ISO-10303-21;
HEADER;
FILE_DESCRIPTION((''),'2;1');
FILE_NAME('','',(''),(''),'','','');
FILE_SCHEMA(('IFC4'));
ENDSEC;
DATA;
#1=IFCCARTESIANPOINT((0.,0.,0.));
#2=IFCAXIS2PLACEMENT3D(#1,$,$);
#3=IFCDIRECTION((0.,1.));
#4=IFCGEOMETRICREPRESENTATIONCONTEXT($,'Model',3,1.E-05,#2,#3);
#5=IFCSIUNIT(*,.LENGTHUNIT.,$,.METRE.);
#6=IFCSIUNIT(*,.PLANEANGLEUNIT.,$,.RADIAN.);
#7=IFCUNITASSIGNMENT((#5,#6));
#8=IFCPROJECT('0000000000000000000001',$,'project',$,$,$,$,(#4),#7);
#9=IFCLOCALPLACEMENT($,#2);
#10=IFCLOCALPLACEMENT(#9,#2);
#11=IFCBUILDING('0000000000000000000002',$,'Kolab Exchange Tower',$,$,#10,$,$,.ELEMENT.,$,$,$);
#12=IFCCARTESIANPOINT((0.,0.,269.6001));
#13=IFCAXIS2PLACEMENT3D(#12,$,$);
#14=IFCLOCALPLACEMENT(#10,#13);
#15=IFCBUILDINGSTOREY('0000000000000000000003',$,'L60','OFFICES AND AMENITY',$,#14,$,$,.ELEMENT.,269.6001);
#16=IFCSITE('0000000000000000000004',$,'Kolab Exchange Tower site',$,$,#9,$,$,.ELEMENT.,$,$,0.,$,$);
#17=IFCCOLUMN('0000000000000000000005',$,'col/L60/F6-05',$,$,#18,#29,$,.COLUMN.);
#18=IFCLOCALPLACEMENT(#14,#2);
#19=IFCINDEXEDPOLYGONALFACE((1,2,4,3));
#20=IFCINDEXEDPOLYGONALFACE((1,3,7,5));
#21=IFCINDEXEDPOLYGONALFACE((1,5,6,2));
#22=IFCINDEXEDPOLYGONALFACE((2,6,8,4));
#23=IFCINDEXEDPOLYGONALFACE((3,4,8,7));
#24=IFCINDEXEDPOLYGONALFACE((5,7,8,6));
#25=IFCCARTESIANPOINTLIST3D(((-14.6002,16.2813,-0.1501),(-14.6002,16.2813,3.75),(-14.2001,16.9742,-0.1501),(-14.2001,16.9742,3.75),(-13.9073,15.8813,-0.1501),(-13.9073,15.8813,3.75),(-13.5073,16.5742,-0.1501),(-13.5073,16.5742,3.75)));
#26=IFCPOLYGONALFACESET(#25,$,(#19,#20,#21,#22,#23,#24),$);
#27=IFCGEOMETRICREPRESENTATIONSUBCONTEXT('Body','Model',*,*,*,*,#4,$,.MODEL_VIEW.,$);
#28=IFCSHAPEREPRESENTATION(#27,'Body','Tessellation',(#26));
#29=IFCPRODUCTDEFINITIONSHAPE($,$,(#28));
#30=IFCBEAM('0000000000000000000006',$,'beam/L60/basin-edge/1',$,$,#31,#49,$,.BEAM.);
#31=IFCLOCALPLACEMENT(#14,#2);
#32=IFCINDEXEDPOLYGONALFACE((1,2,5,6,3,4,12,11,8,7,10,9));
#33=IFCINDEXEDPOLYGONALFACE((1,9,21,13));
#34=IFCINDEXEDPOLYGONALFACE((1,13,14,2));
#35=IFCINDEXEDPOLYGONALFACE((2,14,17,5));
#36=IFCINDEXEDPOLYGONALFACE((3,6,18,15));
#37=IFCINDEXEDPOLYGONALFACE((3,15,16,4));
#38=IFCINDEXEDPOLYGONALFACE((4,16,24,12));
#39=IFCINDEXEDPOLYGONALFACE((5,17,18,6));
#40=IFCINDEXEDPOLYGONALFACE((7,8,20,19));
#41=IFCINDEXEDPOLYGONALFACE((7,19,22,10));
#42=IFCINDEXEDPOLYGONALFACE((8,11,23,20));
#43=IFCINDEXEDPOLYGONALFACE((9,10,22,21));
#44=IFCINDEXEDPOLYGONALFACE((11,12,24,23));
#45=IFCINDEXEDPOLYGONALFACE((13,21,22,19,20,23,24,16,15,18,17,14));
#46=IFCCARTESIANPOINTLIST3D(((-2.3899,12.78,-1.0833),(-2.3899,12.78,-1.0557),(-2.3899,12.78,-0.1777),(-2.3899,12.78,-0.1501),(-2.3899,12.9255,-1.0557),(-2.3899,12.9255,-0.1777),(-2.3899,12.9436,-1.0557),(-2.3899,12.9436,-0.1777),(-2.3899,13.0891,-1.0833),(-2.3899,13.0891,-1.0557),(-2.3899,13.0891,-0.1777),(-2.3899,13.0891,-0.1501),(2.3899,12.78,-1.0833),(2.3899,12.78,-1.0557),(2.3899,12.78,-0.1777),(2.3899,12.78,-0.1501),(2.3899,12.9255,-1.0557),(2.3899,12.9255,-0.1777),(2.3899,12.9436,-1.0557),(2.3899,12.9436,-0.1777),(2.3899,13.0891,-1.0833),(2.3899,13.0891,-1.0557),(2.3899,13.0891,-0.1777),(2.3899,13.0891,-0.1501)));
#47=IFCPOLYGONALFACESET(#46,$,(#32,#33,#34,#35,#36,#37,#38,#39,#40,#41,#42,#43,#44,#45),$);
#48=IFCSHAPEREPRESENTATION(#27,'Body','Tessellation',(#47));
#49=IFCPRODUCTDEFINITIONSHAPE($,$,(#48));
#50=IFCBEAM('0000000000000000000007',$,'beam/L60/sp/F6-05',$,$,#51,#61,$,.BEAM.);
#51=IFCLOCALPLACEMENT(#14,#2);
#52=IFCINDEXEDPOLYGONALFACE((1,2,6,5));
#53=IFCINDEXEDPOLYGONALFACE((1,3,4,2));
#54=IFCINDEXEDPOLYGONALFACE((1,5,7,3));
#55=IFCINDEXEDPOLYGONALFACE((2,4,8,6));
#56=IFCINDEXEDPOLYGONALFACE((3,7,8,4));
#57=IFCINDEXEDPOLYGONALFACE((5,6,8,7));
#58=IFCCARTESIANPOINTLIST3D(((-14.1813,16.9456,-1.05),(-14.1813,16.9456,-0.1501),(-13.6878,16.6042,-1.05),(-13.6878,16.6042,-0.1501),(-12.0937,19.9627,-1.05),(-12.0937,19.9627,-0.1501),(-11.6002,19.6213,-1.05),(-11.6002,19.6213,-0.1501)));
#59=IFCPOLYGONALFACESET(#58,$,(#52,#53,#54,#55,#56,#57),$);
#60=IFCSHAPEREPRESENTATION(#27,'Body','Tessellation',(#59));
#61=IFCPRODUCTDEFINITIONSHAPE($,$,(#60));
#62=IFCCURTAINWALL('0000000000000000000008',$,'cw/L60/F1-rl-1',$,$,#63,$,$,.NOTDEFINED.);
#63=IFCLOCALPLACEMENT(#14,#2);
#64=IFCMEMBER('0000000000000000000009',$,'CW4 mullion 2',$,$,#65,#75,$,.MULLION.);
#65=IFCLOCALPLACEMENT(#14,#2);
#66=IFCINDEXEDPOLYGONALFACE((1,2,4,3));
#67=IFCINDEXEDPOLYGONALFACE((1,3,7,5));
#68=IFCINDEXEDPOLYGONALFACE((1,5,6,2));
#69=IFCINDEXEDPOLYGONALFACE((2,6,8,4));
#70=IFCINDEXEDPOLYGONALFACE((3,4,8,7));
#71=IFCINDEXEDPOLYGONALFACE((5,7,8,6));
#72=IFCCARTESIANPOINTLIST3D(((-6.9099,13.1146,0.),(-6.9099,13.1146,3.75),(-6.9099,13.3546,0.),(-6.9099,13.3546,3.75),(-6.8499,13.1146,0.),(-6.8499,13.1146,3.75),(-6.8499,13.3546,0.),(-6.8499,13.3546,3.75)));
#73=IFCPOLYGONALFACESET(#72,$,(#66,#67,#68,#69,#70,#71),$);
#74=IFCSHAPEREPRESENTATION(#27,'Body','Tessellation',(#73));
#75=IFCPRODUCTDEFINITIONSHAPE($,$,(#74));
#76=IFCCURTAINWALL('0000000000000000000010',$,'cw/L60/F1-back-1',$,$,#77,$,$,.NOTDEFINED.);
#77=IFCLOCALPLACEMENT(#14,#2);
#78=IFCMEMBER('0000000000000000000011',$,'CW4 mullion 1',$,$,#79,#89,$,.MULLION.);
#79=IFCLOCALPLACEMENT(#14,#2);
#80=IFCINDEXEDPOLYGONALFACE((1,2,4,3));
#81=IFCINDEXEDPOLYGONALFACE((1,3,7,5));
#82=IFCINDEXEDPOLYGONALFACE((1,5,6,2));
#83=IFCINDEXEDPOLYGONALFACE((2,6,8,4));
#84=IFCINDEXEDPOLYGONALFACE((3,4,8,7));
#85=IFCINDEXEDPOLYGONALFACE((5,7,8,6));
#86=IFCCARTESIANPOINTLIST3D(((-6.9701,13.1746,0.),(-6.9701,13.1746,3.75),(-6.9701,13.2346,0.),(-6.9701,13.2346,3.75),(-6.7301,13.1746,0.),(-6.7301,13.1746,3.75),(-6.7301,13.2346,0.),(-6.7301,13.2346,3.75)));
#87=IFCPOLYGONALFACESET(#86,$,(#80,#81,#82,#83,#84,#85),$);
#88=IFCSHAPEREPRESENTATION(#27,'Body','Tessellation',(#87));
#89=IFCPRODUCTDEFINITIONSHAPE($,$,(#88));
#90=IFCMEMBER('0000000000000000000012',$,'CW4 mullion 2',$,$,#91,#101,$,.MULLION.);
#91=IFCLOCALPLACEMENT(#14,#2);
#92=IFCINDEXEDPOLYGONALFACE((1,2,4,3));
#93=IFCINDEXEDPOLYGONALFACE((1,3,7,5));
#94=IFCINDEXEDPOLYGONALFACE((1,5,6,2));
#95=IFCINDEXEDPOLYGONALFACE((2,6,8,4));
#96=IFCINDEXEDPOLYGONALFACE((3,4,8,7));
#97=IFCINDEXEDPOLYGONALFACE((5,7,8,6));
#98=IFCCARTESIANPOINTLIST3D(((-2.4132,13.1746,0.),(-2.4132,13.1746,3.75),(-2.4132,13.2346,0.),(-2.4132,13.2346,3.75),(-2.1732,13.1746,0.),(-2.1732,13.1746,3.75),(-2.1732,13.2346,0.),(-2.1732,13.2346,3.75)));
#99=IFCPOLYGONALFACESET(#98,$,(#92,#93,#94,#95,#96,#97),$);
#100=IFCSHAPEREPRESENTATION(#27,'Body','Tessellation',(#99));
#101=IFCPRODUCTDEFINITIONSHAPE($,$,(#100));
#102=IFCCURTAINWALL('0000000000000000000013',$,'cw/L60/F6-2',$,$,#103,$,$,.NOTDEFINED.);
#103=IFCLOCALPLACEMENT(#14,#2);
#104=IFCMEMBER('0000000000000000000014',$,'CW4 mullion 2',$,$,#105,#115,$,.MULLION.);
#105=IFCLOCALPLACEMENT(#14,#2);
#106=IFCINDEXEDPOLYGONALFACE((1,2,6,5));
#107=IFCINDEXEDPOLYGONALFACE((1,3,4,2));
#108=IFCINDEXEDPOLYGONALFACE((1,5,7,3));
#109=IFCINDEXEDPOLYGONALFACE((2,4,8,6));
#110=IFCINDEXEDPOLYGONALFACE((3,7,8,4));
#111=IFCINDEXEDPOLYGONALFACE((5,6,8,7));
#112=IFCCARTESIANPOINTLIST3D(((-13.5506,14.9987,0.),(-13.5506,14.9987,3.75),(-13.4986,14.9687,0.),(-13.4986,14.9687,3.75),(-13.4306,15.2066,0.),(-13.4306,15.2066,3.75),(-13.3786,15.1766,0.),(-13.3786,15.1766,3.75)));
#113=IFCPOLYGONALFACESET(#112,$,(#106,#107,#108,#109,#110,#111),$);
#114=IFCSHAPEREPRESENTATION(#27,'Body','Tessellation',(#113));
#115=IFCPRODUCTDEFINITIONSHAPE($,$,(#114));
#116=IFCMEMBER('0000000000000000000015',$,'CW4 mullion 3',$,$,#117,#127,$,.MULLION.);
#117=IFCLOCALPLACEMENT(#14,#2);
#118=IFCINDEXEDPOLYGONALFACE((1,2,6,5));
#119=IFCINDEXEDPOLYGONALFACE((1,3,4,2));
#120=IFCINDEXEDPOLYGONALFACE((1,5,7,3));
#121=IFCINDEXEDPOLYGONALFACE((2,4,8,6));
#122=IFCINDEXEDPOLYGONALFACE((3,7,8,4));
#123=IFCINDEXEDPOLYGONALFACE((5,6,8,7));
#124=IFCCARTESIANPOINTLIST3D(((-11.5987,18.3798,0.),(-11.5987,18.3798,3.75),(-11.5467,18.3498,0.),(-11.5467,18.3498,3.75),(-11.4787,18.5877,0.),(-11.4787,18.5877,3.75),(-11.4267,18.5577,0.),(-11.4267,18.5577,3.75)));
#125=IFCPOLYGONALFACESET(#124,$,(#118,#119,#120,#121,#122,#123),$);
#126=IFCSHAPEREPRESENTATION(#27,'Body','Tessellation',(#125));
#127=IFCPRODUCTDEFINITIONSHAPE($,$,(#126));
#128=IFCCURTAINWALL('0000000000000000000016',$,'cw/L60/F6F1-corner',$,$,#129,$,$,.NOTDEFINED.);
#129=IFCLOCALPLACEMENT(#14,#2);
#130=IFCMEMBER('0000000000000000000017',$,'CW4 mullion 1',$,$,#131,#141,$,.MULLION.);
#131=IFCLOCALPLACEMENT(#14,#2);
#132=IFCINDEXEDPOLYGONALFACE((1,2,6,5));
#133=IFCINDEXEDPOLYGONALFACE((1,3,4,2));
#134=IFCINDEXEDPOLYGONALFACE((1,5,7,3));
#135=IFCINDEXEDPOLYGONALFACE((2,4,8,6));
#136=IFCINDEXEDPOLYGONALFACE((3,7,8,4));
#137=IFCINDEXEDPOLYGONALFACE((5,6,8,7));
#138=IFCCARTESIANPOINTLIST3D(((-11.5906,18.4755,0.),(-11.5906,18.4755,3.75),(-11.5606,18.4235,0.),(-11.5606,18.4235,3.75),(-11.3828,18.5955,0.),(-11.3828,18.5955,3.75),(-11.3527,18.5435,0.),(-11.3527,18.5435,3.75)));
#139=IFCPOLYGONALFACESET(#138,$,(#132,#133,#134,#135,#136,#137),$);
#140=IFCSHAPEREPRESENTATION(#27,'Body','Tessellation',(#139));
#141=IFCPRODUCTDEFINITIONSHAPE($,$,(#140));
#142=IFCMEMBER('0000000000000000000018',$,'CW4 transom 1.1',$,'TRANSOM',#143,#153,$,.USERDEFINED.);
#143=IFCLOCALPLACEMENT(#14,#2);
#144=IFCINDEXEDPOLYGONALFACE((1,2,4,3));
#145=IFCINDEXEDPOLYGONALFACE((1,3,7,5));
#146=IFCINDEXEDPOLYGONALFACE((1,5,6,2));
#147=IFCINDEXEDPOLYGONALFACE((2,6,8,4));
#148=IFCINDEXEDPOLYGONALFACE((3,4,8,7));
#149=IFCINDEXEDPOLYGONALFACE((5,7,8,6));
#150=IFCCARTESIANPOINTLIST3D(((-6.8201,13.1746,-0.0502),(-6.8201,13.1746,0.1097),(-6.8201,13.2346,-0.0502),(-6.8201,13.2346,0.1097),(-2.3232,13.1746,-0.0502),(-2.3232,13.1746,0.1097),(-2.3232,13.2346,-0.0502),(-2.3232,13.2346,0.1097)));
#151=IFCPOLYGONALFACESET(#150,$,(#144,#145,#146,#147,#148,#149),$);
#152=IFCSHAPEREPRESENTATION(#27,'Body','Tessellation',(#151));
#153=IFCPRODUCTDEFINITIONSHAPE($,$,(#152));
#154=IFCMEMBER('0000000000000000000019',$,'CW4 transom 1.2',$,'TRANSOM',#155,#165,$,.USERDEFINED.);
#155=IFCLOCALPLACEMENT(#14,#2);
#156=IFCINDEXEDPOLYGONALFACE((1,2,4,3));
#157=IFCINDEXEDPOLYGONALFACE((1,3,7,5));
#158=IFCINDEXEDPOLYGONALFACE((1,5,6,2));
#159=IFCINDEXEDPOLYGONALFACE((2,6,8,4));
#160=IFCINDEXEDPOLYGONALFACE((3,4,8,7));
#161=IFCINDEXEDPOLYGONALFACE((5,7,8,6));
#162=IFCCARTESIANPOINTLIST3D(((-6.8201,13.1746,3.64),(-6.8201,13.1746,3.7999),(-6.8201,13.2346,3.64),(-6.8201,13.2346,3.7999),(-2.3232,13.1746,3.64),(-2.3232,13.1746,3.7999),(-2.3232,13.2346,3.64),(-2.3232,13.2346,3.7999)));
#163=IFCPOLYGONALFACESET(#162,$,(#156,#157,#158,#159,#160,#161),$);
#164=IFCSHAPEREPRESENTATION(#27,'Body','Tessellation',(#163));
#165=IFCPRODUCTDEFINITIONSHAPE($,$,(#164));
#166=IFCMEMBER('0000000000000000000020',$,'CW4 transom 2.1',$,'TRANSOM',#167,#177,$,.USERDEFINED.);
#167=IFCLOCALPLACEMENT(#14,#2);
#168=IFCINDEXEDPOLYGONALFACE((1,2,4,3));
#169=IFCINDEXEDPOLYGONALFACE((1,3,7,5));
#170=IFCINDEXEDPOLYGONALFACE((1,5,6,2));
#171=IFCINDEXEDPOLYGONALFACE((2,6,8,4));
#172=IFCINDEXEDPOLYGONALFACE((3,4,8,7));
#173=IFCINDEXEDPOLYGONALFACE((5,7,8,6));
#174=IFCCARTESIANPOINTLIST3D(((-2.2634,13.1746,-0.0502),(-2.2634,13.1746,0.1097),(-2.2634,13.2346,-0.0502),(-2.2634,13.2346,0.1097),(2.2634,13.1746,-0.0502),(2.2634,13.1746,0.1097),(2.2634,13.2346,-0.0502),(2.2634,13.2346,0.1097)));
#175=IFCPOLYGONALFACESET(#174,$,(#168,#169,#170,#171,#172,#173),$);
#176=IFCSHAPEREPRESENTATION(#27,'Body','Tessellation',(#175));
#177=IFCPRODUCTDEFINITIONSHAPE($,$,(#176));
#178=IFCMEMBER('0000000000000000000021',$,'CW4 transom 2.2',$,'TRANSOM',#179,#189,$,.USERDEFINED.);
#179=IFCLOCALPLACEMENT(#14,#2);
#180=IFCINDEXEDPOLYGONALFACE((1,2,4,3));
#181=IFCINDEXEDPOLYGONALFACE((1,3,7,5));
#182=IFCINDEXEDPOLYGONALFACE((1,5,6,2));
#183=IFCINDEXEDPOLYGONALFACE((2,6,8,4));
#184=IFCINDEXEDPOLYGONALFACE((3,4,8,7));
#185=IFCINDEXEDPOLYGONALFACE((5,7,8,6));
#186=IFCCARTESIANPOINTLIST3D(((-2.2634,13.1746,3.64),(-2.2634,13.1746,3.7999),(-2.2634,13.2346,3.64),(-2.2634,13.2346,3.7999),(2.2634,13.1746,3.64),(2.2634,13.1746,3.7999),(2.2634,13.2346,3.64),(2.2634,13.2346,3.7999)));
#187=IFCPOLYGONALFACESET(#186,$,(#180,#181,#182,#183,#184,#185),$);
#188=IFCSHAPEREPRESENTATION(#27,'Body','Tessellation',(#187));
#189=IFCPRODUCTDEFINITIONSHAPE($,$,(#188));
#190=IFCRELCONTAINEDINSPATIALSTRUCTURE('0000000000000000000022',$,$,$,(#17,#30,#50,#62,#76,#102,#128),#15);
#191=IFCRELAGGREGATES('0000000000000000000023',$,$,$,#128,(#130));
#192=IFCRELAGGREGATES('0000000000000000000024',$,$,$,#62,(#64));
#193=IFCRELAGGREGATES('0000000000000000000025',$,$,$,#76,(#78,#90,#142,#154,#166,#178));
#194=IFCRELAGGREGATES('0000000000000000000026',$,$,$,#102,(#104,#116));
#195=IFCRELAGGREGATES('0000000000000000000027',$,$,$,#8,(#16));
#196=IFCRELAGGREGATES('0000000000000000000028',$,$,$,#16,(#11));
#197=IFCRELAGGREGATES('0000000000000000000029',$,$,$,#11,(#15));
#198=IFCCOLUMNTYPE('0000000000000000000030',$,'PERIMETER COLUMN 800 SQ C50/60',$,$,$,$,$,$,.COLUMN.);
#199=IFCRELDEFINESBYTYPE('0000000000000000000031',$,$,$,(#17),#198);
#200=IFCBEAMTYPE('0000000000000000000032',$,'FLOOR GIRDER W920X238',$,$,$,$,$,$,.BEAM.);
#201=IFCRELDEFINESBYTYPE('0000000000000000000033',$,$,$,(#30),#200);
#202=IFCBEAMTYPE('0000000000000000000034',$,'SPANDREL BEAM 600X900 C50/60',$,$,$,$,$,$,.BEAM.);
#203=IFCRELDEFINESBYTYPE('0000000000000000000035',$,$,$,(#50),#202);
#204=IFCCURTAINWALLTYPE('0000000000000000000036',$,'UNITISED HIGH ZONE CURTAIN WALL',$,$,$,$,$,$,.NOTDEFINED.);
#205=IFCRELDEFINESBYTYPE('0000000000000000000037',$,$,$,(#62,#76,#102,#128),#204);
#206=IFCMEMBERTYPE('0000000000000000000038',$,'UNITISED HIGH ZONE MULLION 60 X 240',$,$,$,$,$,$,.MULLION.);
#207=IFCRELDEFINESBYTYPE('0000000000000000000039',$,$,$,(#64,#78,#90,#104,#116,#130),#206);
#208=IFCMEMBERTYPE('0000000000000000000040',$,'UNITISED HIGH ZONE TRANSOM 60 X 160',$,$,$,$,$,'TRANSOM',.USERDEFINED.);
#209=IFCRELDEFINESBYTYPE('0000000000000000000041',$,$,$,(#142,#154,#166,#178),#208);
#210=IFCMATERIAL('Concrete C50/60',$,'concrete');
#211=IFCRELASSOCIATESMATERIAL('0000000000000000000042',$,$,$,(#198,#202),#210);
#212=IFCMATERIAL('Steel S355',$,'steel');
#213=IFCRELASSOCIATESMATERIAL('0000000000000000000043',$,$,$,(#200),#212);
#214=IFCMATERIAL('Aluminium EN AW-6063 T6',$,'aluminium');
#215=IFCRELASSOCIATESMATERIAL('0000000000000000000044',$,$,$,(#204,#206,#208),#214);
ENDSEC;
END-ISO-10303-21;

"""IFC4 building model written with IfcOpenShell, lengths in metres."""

from ifc_helpers import new_model, si_unit, direction, frame, origin, origin_2d, place, context, subcontext, project, spatial, rectangle, i_section, extrude, material, material_profile, profile_set, type_object, element, aggregate, save


model = new_model("IFC4")

# Units and contexts
model_context = context("Model", 3, precision=1e-05, world=origin(), true_north=direction((0.0, 1.0)))
body_context = subcontext(model_context, "Body", "Model", "MODEL_VIEW")
ifc_project = project(units=[si_unit("LENGTHUNIT", "METRE"), si_unit("PLANEANGLEUNIT", "RADIAN")], contexts=[model_context])

# Site, building, storey
site_placement = place(None, origin())
site = spatial("IfcSite", under=ifc_project, at=site_placement, Name="Kolab Exchange Tower site", CompositionType="ELEMENT", RefElevation=0.0)
building_placement = place(site_placement, origin())
building = spatial("IfcBuilding", under=site, at=building_placement, Name="Kolab Exchange Tower", CompositionType="ELEMENT")
storey_placement = place(building_placement, frame((0.0, 0.0, 269.6001)))
storey = spatial("IfcBuildingStorey", under=building, at=storey_placement, Name="L60", Description="OFFICES AND AMENITY", CompositionType="ELEMENT", Elevation=269.6001)

# Column
ifc_material_1 = material(Name="Concrete C50/60", Category="concrete")
ifc_material_profile_1 = material_profile(ifc_material_1, rectangle(XDim=0.8, YDim=0.8, at=origin_2d()), Name="RC800")
ifc_profile_set_1 = profile_set([ifc_material_profile_1], Name="Concrete C50/60")
column_type = type_object("IfcColumnType", Name="PERIMETER COLUMN 800 SQ C50/60", PredefinedType="COLUMN", material=ifc_profile_set_1)
column_placement = place(storey_placement, frame((-14.0537, 16.4277, -0.1501), z_axis=(0.0, 0.0, 1.0), x_axis=(0.5, 0.866025, 0.0)))
element("IfcColumn", 1, at=column_placement, inside=storey, type_object=column_type, Name="col/L60/F6-05", PredefinedType="COLUMN", context=body_context, shape_type="SweptSolid", body=[
    extrude(rectangle(XDim=0.8, YDim=0.8, at=origin_2d()), origin(), (0.0, 0.0, 1.0), 3.9001),
])

# Beams
ifc_material_2 = material(Name="Steel S355", Category="steel")
ifc_material_profile_2 = material_profile(ifc_material_2, i_section(OverallWidth=0.3091, OverallDepth=0.9331, WebThickness=0.0181, FlangeThickness=0.0276, at=origin_2d()), Name="W920X238")
ifc_profile_set_2 = profile_set([ifc_material_profile_2], Name="Steel S355")
beam_type_1 = type_object("IfcBeamType", Name="FLOOR GIRDER W920X238", PredefinedType="BEAM", material=ifc_profile_set_2)
beam_1_placement = place(storey_placement, frame((-2.3899, 12.9346, -0.6167), z_axis=(1.0, 0.0, 0.0), x_axis=(0.0, 1.0, 0.0)))
element("IfcBeam", 2, at=beam_1_placement, inside=storey, type_object=beam_type_1, Name="beam/L60/basin-edge/1", PredefinedType="BEAM", context=body_context, shape_type="SweptSolid", body=[
    extrude(i_section(OverallWidth=0.3091, OverallDepth=0.9331, WebThickness=0.0181, FlangeThickness=0.0276, at=origin_2d()), origin(), (0.0, 0.0, 1.0), 4.7798),
])
ifc_material_profile_3 = material_profile(ifc_material_1, rectangle(XDim=0.6001, YDim=0.8999, at=origin_2d()), Name="RC600X900")
ifc_profile_set_3 = profile_set([ifc_material_profile_3], Name="Concrete C50/60")
beam_type_2 = type_object("IfcBeamType", Name="SPANDREL BEAM 600X900 C50/60", PredefinedType="BEAM", material=ifc_profile_set_3)
beam_2_placement = place(storey_placement, frame((-13.9346, 16.7749, -0.6001), z_axis=(0.569006, 0.822334, 0.0), x_axis=(-0.822334, 0.569006, 0.0)))
element("IfcBeam", 3, at=beam_2_placement, inside=storey, type_object=beam_type_2, Name="beam/L60/sp/F6-05", PredefinedType="BEAM", context=body_context, shape_type="SweptSolid", body=[
    extrude(rectangle(XDim=0.6001, YDim=0.8999, at=origin_2d()), origin(), (0.0, 0.0, 1.0), 3.6689),
])

# Curtain wall, member
ifc_material_3 = material(Name="Aluminium EN AW-6063 T6", Category="aluminium")
curtain_wall_type = type_object("IfcCurtainWallType", Name="UNITISED HIGH ZONE CURTAIN WALL", PredefinedType="NOTDEFINED", material=ifc_material_3)
curtain_wall_1_placement = place(storey_placement, origin())
curtain_wall_1 = element("IfcCurtainWall", 4, at=curtain_wall_1_placement, inside=storey, type_object=curtain_wall_type, Name="cw/L60/F1-rl-1", PredefinedType="NOTDEFINED")
ifc_material_profile_4 = material_profile(ifc_material_3, rectangle(XDim=0.0601, YDim=0.24, at=origin_2d()), Name="RECT 60X240")
ifc_profile_set_4 = profile_set([ifc_material_profile_4], Name="Aluminium EN AW-6063 T6")
member_type_1 = type_object("IfcMemberType", Name="UNITISED HIGH ZONE MULLION 60 X 240", PredefinedType="MULLION", material=ifc_profile_set_4)
member_1_placement = place(storey_placement, frame((-6.8799, 13.2346, 0.0), z_axis=(0.0, 0.0, 1.0), x_axis=(1.0, 0.0, 0.0)))
member_1 = element("IfcMember", 5, at=member_1_placement, type_object=member_type_1, Name="CW4 mullion 2", PredefinedType="MULLION", context=body_context, shape_type="SweptSolid", body=[
    extrude(rectangle(XDim=0.0601, YDim=0.24, at=origin_2d()), origin(), (0.0, 0.0, 1.0), 3.75),
])

# Curtain walls, members
curtain_wall_2_placement = place(storey_placement, origin())
curtain_wall_2 = element("IfcCurtainWall", 6, at=curtain_wall_2_placement, inside=storey, type_object=curtain_wall_type, Name="cw/L60/F1-back-1", PredefinedType="NOTDEFINED")
member_2_placement = place(storey_placement, frame((-6.8501, 13.2046, 0.0), z_axis=(0.0, 0.0, 1.0), x_axis=(0.0, 1.0, 0.0)))
member_2 = element("IfcMember", 7, at=member_2_placement, type_object=member_type_1, Name="CW4 mullion 1", PredefinedType="MULLION", context=body_context, shape_type="SweptSolid", body=[
    extrude(rectangle(XDim=0.0601, YDim=0.24, at=origin_2d()), origin(), (0.0, 0.0, 1.0), 3.75),
])
member_3_placement = place(storey_placement, frame((-2.2932, 13.2046, 0.0), z_axis=(0.0, 0.0, 1.0), x_axis=(0.0, 1.0, 0.0)))
member_3 = element("IfcMember", 8, at=member_3_placement, type_object=member_type_1, Name="CW4 mullion 2", PredefinedType="MULLION", context=body_context, shape_type="SweptSolid", body=[
    extrude(rectangle(XDim=0.0601, YDim=0.24, at=origin_2d()), origin(), (0.0, 0.0, 1.0), 3.75),
])
curtain_wall_3_placement = place(storey_placement, origin())
curtain_wall_3 = element("IfcCurtainWall", 9, at=curtain_wall_3_placement, inside=storey, type_object=curtain_wall_type, Name="cw/L60/F6-2", PredefinedType="NOTDEFINED")
member_4_placement = place(storey_placement, frame((-13.4646, 15.0876, 0.0), z_axis=(0.0, 0.0, 1.0), x_axis=(-0.866025, 0.5, 0.0)))
member_4 = element("IfcMember", 10, at=member_4_placement, type_object=member_type_1, Name="CW4 mullion 2", PredefinedType="MULLION", context=body_context, shape_type="SweptSolid", body=[
    extrude(rectangle(XDim=0.0601, YDim=0.24, at=origin_2d()), origin(), (0.0, 0.0, 1.0), 3.75),
])
member_5_placement = place(storey_placement, frame((-11.5127, 18.4688, 0.0), z_axis=(0.0, 0.0, 1.0), x_axis=(-0.866025, 0.5, 0.0)))
member_5 = element("IfcMember", 11, at=member_5_placement, type_object=member_type_1, Name="CW4 mullion 3", PredefinedType="MULLION", context=body_context, shape_type="SweptSolid", body=[
    extrude(rectangle(XDim=0.0601, YDim=0.24, at=origin_2d()), origin(), (0.0, 0.0, 1.0), 3.75),
])

# Curtain wall, member
curtain_wall_4_placement = place(storey_placement, origin())
curtain_wall_4 = element("IfcCurtainWall", 12, at=curtain_wall_4_placement, inside=storey, type_object=curtain_wall_type, Name="cw/L60/F6F1-corner", PredefinedType="NOTDEFINED")
member_6_placement = place(storey_placement, frame((-11.4717, 18.5095, 0.0), z_axis=(0.0, 0.0, 1.0), x_axis=(-0.5, 0.866025, 0.0)))
member_6 = element("IfcMember", 13, at=member_6_placement, type_object=member_type_1, Name="CW4 mullion 1", PredefinedType="MULLION", context=body_context, shape_type="SweptSolid", body=[
    extrude(rectangle(XDim=0.0601, YDim=0.24, at=origin_2d()), origin(), (0.0, 0.0, 1.0), 3.75),
])

# Members
ifc_material_profile_5 = material_profile(ifc_material_3, rectangle(XDim=0.0601, YDim=0.1599, at=origin_2d()), Name="RECT 60X160")
ifc_profile_set_5 = profile_set([ifc_material_profile_5], Name="Aluminium EN AW-6063 T6")
member_type_2 = type_object("IfcMemberType", Name="UNITISED HIGH ZONE TRANSOM 60 X 160", ElementType="TRANSOM", PredefinedType="USERDEFINED", material=ifc_profile_set_5)
member_7_placement = place(storey_placement, frame((-6.8201, 13.2046, 0.0298), z_axis=(1.0, 0.0, 0.0), x_axis=(0.0, 1.0, 0.0)))
member_7 = element("IfcMember", 14, at=member_7_placement, type_object=member_type_2, Name="CW4 transom 1.1", ObjectType="TRANSOM", PredefinedType="USERDEFINED", context=body_context, shape_type="SweptSolid", body=[
    extrude(rectangle(XDim=0.0601, YDim=0.1599, at=origin_2d()), origin(), (0.0, 0.0, 1.0), 4.4968),
])
member_8_placement = place(storey_placement, frame((-6.8201, 13.2046, 3.72), z_axis=(1.0, 0.0, 0.0), x_axis=(0.0, 1.0, 0.0)))
member_8 = element("IfcMember", 15, at=member_8_placement, type_object=member_type_2, Name="CW4 transom 1.2", ObjectType="TRANSOM", PredefinedType="USERDEFINED", context=body_context, shape_type="SweptSolid", body=[
    extrude(rectangle(XDim=0.0601, YDim=0.1599, at=origin_2d()), origin(), (0.0, 0.0, 1.0), 4.4968),
])
member_9_placement = place(storey_placement, frame((-2.2634, 13.2046, 0.0298), z_axis=(1.0, 0.0, 0.0), x_axis=(0.0, 1.0, 0.0)))
member_9 = element("IfcMember", 16, at=member_9_placement, type_object=member_type_2, Name="CW4 transom 2.1", ObjectType="TRANSOM", PredefinedType="USERDEFINED", context=body_context, shape_type="SweptSolid", body=[
    extrude(rectangle(XDim=0.0601, YDim=0.1599, at=origin_2d()), origin(), (0.0, 0.0, 1.0), 4.5269),
])
member_10_placement = place(storey_placement, frame((-2.2634, 13.2046, 3.72), z_axis=(1.0, 0.0, 0.0), x_axis=(0.0, 1.0, 0.0)))
member_10 = element("IfcMember", 17, at=member_10_placement, type_object=member_type_2, Name="CW4 transom 2.2", ObjectType="TRANSOM", PredefinedType="USERDEFINED", context=body_context, shape_type="SweptSolid", body=[
    extrude(rectangle(XDim=0.0601, YDim=0.1599, at=origin_2d()), origin(), (0.0, 0.0, 1.0), 4.5269),
])
aggregate(curtain_wall_4, [member_6])

aggregate(curtain_wall_1, [member_1])
aggregate(curtain_wall_2, [member_2, member_3, member_7, member_8, member_9, member_10])
aggregate(curtain_wall_3, [member_4, member_5])

save(model, "model.ifc")
